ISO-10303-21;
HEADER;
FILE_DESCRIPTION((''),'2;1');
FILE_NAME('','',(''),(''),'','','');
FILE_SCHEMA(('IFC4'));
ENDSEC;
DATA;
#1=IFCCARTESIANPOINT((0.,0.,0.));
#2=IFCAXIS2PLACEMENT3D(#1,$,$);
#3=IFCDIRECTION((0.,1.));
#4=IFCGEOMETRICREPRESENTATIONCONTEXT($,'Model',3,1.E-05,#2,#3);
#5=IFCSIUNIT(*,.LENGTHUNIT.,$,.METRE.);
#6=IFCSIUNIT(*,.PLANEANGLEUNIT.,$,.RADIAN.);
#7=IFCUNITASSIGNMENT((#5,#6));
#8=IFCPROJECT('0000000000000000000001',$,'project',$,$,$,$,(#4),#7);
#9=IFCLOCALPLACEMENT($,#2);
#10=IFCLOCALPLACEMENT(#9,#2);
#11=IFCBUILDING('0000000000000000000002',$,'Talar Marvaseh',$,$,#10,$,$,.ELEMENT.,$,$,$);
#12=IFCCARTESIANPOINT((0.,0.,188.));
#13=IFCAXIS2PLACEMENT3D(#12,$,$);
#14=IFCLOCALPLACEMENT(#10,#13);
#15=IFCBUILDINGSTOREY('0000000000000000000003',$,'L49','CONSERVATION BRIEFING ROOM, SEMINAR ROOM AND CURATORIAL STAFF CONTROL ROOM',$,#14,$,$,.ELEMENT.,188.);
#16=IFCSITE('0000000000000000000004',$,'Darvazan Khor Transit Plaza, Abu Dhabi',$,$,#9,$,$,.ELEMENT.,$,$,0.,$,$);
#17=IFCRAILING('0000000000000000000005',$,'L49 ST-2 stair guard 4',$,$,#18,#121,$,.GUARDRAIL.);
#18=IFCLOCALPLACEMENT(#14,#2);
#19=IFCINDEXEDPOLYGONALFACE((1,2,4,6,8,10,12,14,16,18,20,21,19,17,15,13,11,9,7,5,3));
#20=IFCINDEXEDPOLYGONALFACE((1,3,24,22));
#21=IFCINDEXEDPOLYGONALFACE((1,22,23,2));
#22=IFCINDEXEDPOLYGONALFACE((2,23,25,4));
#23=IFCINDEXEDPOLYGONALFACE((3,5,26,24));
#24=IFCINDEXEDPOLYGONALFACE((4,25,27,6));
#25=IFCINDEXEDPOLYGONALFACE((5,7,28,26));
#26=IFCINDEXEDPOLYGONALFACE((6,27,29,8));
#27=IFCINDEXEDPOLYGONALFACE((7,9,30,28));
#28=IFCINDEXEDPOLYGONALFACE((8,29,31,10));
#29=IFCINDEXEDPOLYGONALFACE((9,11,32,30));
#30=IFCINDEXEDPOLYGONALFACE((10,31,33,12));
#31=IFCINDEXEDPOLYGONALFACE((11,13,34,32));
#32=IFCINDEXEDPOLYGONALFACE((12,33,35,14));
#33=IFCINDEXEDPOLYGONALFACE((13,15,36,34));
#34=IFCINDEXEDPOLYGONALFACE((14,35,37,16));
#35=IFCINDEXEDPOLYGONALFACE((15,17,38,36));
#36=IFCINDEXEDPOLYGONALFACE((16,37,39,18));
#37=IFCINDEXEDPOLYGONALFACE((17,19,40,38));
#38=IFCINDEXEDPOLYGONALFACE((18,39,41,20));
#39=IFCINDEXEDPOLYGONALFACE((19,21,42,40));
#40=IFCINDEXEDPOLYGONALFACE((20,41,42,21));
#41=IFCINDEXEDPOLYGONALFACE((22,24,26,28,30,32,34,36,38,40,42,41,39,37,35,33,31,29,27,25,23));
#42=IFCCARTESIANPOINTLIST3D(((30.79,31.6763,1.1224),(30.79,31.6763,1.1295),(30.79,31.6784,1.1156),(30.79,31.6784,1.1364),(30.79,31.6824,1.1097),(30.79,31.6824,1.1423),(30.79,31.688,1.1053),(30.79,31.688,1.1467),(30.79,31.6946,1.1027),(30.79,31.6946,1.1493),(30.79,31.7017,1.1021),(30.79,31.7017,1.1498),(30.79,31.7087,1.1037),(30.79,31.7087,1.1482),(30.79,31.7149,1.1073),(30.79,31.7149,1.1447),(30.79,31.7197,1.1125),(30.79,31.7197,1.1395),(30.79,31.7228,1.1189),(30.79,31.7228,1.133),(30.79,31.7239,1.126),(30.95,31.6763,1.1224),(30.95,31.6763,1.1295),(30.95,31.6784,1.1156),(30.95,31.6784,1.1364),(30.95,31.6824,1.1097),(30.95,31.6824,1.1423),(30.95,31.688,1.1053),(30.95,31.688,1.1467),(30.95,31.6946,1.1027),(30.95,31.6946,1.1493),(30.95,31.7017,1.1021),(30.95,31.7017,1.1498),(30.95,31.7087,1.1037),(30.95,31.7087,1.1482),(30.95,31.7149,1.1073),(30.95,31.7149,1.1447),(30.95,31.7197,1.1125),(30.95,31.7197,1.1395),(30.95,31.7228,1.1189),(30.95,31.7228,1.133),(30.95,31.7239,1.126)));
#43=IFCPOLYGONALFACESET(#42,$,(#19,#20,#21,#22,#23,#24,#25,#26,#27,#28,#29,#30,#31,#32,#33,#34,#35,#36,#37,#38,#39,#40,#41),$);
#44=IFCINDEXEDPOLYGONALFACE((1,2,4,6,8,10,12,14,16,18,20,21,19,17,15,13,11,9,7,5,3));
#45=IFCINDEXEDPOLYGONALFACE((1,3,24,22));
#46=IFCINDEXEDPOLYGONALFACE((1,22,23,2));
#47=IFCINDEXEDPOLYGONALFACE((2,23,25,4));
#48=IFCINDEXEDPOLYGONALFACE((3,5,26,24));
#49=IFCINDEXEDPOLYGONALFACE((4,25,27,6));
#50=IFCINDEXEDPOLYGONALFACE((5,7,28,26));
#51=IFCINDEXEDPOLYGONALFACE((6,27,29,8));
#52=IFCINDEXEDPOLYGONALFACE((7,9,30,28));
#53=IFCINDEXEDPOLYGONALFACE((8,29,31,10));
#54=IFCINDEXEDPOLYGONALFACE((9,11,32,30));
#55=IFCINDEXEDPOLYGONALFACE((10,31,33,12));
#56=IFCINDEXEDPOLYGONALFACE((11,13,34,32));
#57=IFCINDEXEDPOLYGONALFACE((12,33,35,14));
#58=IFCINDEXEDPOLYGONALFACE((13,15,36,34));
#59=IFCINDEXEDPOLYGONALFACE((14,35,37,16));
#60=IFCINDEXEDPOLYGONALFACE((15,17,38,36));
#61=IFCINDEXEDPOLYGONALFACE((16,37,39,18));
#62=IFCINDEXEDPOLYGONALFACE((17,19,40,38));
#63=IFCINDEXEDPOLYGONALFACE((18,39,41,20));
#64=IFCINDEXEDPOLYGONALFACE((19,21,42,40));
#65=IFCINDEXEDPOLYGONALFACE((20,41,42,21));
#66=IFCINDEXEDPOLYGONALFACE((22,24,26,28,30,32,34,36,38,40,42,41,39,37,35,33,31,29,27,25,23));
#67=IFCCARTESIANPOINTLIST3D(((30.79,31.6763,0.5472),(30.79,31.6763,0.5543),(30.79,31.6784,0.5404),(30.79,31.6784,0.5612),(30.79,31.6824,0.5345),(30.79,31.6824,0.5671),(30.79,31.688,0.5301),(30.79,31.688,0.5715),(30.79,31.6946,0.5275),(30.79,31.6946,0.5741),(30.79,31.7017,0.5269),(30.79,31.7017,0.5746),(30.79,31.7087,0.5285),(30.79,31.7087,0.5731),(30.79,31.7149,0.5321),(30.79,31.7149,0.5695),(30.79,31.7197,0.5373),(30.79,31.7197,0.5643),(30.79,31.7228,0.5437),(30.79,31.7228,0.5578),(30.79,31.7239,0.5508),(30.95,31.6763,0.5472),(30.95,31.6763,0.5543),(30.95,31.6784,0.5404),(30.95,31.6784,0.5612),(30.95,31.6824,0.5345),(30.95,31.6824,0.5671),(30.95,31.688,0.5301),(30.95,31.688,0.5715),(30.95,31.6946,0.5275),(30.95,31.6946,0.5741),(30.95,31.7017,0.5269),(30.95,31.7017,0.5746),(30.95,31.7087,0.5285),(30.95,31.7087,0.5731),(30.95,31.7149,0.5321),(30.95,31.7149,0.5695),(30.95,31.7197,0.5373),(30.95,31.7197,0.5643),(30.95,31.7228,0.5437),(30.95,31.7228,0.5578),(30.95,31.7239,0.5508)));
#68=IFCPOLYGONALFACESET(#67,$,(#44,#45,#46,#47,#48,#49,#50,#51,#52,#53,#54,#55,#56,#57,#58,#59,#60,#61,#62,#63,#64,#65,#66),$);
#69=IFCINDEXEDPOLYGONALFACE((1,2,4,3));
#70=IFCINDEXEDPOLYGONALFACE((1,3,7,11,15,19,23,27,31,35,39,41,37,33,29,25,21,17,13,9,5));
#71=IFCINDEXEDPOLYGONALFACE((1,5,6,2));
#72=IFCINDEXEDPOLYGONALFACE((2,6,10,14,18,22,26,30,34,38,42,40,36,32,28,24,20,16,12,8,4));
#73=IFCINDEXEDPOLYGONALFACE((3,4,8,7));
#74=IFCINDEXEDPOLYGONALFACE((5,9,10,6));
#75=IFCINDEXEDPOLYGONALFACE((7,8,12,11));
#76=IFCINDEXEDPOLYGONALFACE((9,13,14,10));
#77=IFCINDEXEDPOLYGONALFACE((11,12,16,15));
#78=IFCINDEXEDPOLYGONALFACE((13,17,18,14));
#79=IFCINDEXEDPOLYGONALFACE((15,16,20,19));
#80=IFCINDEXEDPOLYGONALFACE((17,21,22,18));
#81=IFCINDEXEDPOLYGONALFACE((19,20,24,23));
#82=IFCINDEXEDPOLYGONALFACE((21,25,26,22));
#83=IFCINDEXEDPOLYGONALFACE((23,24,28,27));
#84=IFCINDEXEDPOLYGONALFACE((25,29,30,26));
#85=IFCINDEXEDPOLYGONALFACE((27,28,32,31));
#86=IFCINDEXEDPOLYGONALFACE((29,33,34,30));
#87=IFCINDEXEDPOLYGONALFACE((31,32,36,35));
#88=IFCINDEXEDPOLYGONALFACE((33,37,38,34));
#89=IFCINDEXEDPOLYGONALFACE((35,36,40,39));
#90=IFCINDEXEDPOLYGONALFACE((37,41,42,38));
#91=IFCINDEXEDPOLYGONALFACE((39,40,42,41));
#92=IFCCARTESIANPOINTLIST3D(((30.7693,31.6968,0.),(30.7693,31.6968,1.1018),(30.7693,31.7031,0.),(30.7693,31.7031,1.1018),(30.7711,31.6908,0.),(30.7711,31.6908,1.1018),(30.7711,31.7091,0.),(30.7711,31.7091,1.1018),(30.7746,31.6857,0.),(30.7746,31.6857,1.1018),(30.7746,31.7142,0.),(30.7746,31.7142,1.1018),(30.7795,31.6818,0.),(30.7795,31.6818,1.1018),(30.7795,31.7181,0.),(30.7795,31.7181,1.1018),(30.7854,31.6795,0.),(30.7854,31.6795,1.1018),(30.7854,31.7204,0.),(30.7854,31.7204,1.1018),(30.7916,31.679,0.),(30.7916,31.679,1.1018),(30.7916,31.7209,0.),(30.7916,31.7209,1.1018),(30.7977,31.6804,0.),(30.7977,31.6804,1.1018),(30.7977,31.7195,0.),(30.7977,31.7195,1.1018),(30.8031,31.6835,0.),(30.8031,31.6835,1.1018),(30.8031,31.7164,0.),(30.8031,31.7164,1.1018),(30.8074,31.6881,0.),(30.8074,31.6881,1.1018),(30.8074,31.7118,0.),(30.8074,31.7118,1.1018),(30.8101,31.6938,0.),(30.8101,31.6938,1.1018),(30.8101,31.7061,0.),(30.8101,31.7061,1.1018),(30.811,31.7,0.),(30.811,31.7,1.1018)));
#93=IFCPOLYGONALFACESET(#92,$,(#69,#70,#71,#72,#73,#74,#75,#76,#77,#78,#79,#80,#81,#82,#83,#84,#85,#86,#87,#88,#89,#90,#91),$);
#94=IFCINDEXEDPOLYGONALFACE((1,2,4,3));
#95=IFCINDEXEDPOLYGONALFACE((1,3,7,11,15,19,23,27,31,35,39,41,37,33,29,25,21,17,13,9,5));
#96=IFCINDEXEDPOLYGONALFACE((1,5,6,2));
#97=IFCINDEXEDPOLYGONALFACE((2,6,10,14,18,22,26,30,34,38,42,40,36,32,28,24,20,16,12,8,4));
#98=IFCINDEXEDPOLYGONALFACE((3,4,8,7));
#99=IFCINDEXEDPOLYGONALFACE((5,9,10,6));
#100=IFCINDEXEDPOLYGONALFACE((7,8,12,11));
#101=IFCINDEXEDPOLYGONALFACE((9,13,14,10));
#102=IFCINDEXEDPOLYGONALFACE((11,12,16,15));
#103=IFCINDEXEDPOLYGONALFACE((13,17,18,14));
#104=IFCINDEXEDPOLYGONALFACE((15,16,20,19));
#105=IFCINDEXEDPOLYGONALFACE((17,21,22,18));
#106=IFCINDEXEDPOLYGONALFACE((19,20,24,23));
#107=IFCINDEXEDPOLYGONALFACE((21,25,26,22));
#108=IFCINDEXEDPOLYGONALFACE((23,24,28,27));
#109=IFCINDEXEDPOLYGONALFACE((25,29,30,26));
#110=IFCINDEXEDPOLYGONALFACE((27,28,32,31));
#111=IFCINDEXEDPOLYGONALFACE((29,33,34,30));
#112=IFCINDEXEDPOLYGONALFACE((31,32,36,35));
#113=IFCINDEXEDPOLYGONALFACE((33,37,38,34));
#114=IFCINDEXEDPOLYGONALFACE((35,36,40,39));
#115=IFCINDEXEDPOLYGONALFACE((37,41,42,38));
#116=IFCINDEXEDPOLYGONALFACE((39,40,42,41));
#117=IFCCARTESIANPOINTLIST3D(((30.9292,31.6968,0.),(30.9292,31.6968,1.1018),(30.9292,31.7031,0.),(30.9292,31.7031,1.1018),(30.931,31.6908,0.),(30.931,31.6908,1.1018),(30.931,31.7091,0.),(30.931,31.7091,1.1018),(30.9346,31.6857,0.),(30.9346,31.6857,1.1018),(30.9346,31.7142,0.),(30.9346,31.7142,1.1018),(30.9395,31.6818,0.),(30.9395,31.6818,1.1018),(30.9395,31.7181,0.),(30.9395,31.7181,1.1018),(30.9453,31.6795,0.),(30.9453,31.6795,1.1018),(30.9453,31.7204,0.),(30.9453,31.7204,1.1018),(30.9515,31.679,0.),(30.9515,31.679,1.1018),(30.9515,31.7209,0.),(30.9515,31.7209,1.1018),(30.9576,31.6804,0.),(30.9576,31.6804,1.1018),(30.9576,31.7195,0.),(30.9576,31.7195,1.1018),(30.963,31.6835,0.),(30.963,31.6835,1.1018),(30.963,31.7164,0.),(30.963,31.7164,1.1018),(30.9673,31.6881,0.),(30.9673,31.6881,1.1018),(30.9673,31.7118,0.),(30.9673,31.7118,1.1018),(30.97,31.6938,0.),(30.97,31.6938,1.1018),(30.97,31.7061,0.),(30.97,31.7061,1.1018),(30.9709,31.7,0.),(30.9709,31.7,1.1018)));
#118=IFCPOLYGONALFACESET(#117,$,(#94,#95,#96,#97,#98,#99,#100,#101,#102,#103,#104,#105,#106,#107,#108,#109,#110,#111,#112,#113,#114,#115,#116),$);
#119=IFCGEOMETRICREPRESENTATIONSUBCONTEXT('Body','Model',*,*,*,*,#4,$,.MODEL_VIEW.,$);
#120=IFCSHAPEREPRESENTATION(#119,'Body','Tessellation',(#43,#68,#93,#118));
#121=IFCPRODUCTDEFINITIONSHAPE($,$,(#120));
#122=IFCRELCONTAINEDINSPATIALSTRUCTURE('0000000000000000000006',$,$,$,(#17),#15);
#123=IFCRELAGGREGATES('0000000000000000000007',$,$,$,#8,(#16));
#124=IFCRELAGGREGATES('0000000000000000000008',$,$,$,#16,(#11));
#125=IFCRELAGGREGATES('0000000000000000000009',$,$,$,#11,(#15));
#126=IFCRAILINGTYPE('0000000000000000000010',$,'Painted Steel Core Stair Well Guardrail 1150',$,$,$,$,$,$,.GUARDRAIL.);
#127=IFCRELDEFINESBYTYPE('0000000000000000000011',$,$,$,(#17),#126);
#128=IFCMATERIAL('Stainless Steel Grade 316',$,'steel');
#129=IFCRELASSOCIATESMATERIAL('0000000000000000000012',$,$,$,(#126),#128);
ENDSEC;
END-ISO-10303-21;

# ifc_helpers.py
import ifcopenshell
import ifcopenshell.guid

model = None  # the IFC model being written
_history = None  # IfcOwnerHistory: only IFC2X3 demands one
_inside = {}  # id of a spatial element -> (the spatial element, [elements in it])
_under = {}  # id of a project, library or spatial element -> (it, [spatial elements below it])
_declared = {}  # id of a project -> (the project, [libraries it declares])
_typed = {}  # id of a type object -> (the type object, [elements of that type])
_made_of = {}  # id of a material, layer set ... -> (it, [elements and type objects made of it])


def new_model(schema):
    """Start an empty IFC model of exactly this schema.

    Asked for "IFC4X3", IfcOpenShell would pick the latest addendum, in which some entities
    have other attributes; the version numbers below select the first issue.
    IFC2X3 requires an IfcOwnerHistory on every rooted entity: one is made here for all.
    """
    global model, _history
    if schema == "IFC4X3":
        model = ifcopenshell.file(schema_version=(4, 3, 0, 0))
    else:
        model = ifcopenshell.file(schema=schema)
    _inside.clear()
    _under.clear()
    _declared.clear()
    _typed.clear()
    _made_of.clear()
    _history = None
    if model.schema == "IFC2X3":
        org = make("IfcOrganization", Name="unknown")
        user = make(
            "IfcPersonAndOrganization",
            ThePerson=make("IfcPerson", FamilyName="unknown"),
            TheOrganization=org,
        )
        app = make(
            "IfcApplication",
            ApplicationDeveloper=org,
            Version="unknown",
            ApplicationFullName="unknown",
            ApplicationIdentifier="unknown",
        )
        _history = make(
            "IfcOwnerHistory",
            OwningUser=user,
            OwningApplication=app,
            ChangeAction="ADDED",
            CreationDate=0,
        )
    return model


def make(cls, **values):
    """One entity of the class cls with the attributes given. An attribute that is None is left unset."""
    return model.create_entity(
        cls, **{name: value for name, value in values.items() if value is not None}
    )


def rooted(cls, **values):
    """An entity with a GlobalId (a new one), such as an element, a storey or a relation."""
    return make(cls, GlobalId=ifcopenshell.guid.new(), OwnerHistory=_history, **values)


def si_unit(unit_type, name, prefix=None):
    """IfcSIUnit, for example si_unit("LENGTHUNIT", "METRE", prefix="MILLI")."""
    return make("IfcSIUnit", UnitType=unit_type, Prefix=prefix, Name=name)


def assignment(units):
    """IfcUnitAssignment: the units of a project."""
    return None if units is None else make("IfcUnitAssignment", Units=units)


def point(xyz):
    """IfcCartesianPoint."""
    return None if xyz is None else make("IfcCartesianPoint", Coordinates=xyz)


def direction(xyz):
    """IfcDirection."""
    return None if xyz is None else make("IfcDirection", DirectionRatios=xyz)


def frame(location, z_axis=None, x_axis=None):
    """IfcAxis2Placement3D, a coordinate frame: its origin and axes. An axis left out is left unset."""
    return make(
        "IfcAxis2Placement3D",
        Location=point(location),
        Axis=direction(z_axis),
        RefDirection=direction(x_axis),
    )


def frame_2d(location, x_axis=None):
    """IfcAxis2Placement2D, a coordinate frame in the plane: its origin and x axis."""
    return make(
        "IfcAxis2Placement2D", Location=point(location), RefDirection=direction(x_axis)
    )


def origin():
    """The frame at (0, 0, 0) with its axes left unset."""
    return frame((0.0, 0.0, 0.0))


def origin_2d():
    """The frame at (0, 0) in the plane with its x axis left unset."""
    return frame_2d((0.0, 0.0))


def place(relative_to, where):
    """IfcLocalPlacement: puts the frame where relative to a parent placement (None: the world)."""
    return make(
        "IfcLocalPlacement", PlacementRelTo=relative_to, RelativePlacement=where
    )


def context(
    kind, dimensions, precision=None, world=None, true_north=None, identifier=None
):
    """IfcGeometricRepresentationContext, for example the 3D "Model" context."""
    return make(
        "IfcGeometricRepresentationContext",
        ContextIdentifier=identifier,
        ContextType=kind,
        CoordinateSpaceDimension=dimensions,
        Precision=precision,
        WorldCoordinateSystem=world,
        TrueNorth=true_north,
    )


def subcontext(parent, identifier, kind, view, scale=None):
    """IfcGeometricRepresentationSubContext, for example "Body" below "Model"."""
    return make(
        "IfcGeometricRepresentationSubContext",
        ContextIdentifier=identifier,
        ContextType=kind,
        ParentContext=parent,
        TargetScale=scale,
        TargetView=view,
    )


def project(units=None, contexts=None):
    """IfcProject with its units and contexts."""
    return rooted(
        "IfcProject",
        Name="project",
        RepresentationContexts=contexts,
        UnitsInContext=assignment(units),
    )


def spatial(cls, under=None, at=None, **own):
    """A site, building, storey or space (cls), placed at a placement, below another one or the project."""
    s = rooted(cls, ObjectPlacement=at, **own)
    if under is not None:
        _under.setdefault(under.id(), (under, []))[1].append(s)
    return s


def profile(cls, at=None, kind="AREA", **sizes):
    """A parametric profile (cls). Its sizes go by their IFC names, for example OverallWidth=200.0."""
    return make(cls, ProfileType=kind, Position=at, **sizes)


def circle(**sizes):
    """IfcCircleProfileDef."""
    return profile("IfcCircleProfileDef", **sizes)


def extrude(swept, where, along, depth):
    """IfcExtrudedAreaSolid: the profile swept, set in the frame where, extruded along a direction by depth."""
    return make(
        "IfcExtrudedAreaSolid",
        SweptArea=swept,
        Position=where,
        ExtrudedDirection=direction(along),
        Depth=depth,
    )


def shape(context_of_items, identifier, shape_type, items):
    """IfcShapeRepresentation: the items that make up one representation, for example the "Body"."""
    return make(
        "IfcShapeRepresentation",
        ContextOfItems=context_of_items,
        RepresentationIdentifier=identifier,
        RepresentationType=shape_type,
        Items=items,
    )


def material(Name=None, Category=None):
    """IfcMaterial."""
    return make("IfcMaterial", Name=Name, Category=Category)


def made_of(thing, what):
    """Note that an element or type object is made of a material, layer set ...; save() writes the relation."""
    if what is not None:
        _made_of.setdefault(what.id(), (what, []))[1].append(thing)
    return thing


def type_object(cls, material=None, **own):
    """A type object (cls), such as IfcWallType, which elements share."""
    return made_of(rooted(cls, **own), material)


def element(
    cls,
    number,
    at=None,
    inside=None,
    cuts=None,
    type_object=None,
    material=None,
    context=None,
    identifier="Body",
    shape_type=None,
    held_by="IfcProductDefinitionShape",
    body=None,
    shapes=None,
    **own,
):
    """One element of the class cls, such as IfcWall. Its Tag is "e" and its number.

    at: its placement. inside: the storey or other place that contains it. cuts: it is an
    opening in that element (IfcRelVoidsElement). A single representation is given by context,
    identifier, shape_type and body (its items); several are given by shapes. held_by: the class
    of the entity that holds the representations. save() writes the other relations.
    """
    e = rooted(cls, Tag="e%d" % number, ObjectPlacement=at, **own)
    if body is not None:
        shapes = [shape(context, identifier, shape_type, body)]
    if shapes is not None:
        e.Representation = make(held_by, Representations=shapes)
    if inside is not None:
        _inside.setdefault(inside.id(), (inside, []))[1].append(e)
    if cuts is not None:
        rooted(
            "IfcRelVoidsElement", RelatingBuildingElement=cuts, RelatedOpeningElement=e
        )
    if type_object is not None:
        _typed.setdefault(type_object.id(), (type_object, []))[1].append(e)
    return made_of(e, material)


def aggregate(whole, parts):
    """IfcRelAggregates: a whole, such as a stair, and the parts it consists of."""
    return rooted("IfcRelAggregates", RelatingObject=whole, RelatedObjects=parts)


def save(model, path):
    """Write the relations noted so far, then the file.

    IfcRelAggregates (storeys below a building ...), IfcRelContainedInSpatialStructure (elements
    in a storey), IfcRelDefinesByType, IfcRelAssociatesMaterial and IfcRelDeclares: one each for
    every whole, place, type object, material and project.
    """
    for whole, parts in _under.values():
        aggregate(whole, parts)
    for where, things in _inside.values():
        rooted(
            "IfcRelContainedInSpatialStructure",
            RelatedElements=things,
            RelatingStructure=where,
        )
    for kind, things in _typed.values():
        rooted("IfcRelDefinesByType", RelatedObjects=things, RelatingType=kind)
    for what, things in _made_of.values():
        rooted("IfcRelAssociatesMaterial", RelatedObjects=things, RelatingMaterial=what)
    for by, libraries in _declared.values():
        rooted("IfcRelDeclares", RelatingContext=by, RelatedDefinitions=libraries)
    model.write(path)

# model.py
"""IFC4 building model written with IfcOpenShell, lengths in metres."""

from ifc_helpers import new_model, si_unit, direction, frame, origin, origin_2d, place, context, subcontext, project, spatial, circle, extrude, material, type_object, element, save


model = new_model("IFC4")

# Units and contexts
model_context = context("Model", 3, precision=1e-05, world=origin(), true_north=direction((0.0, 1.0)))
body_context = subcontext(model_context, "Body", "Model", "MODEL_VIEW")
ifc_project = project(units=[si_unit("LENGTHUNIT", "METRE"), si_unit("PLANEANGLEUNIT", "RADIAN")], contexts=[model_context])

# Site, building, storey
site_placement = place(None, origin())
site = spatial("IfcSite", under=ifc_project, at=site_placement, Name="Darvazan Khor Transit Plaza, Abu Dhabi", CompositionType="ELEMENT", RefElevation=0.0)
building_placement = place(site_placement, origin())
building = spatial("IfcBuilding", under=site, at=building_placement, Name="Talar Marvaseh", CompositionType="ELEMENT")
storey_placement = place(building_placement, frame((0.0, 0.0, 188.0)))
storey = spatial("IfcBuildingStorey", under=building, at=storey_placement, Name="L49", Description="CONSERVATION BRIEFING ROOM, SEMINAR ROOM AND CURATORIAL STAFF CONTROL ROOM", CompositionType="ELEMENT", Elevation=188.0)

# Shared definitions
ifc_material_1 = material(Name="Stainless Steel Grade 316", Category="steel")

# Railing
railing_type_1 = type_object("IfcRailingType", Name="Painted Steel Core Stair Well Guardrail 1150", PredefinedType="GUARDRAIL", material=ifc_material_1)
railing_1_placement = place(storey_placement, frame((30.79, 31.7, 0.0)))
element("IfcRailing", 1, at=railing_1_placement, inside=storey, type_object=railing_type_1, Name="L49 ST-2 stair guard 4", PredefinedType="GUARDRAIL", context=body_context, shape_type="SweptSolid", body=[
    extrude(circle(Radius=0.0239, at=origin_2d()), frame((0.0, 0.0, 1.126), z_axis=(1.0, 0.0, 0.0), x_axis=(0.0, 1.0, 0.0)), (0.0, 0.0, 1.0), 0.1599),
    extrude(circle(Radius=0.0239, at=origin_2d()), frame((0.0, 0.0, 0.5508), z_axis=(1.0, 0.0, 0.0), x_axis=(0.0, 1.0, 0.0)), (0.0, 0.0, 1.0), 0.1599),
    extrude(circle(Radius=0.021, at=origin_2d()), origin(), (0.0, 0.0, 1.0), 1.1018),
    extrude(circle(Radius=0.021, at=origin_2d()), frame((0.1599, 0.0, 0.0)), (0.0, 0.0, 1.0), 1.1018),
])

save(model, "model.ifc")
